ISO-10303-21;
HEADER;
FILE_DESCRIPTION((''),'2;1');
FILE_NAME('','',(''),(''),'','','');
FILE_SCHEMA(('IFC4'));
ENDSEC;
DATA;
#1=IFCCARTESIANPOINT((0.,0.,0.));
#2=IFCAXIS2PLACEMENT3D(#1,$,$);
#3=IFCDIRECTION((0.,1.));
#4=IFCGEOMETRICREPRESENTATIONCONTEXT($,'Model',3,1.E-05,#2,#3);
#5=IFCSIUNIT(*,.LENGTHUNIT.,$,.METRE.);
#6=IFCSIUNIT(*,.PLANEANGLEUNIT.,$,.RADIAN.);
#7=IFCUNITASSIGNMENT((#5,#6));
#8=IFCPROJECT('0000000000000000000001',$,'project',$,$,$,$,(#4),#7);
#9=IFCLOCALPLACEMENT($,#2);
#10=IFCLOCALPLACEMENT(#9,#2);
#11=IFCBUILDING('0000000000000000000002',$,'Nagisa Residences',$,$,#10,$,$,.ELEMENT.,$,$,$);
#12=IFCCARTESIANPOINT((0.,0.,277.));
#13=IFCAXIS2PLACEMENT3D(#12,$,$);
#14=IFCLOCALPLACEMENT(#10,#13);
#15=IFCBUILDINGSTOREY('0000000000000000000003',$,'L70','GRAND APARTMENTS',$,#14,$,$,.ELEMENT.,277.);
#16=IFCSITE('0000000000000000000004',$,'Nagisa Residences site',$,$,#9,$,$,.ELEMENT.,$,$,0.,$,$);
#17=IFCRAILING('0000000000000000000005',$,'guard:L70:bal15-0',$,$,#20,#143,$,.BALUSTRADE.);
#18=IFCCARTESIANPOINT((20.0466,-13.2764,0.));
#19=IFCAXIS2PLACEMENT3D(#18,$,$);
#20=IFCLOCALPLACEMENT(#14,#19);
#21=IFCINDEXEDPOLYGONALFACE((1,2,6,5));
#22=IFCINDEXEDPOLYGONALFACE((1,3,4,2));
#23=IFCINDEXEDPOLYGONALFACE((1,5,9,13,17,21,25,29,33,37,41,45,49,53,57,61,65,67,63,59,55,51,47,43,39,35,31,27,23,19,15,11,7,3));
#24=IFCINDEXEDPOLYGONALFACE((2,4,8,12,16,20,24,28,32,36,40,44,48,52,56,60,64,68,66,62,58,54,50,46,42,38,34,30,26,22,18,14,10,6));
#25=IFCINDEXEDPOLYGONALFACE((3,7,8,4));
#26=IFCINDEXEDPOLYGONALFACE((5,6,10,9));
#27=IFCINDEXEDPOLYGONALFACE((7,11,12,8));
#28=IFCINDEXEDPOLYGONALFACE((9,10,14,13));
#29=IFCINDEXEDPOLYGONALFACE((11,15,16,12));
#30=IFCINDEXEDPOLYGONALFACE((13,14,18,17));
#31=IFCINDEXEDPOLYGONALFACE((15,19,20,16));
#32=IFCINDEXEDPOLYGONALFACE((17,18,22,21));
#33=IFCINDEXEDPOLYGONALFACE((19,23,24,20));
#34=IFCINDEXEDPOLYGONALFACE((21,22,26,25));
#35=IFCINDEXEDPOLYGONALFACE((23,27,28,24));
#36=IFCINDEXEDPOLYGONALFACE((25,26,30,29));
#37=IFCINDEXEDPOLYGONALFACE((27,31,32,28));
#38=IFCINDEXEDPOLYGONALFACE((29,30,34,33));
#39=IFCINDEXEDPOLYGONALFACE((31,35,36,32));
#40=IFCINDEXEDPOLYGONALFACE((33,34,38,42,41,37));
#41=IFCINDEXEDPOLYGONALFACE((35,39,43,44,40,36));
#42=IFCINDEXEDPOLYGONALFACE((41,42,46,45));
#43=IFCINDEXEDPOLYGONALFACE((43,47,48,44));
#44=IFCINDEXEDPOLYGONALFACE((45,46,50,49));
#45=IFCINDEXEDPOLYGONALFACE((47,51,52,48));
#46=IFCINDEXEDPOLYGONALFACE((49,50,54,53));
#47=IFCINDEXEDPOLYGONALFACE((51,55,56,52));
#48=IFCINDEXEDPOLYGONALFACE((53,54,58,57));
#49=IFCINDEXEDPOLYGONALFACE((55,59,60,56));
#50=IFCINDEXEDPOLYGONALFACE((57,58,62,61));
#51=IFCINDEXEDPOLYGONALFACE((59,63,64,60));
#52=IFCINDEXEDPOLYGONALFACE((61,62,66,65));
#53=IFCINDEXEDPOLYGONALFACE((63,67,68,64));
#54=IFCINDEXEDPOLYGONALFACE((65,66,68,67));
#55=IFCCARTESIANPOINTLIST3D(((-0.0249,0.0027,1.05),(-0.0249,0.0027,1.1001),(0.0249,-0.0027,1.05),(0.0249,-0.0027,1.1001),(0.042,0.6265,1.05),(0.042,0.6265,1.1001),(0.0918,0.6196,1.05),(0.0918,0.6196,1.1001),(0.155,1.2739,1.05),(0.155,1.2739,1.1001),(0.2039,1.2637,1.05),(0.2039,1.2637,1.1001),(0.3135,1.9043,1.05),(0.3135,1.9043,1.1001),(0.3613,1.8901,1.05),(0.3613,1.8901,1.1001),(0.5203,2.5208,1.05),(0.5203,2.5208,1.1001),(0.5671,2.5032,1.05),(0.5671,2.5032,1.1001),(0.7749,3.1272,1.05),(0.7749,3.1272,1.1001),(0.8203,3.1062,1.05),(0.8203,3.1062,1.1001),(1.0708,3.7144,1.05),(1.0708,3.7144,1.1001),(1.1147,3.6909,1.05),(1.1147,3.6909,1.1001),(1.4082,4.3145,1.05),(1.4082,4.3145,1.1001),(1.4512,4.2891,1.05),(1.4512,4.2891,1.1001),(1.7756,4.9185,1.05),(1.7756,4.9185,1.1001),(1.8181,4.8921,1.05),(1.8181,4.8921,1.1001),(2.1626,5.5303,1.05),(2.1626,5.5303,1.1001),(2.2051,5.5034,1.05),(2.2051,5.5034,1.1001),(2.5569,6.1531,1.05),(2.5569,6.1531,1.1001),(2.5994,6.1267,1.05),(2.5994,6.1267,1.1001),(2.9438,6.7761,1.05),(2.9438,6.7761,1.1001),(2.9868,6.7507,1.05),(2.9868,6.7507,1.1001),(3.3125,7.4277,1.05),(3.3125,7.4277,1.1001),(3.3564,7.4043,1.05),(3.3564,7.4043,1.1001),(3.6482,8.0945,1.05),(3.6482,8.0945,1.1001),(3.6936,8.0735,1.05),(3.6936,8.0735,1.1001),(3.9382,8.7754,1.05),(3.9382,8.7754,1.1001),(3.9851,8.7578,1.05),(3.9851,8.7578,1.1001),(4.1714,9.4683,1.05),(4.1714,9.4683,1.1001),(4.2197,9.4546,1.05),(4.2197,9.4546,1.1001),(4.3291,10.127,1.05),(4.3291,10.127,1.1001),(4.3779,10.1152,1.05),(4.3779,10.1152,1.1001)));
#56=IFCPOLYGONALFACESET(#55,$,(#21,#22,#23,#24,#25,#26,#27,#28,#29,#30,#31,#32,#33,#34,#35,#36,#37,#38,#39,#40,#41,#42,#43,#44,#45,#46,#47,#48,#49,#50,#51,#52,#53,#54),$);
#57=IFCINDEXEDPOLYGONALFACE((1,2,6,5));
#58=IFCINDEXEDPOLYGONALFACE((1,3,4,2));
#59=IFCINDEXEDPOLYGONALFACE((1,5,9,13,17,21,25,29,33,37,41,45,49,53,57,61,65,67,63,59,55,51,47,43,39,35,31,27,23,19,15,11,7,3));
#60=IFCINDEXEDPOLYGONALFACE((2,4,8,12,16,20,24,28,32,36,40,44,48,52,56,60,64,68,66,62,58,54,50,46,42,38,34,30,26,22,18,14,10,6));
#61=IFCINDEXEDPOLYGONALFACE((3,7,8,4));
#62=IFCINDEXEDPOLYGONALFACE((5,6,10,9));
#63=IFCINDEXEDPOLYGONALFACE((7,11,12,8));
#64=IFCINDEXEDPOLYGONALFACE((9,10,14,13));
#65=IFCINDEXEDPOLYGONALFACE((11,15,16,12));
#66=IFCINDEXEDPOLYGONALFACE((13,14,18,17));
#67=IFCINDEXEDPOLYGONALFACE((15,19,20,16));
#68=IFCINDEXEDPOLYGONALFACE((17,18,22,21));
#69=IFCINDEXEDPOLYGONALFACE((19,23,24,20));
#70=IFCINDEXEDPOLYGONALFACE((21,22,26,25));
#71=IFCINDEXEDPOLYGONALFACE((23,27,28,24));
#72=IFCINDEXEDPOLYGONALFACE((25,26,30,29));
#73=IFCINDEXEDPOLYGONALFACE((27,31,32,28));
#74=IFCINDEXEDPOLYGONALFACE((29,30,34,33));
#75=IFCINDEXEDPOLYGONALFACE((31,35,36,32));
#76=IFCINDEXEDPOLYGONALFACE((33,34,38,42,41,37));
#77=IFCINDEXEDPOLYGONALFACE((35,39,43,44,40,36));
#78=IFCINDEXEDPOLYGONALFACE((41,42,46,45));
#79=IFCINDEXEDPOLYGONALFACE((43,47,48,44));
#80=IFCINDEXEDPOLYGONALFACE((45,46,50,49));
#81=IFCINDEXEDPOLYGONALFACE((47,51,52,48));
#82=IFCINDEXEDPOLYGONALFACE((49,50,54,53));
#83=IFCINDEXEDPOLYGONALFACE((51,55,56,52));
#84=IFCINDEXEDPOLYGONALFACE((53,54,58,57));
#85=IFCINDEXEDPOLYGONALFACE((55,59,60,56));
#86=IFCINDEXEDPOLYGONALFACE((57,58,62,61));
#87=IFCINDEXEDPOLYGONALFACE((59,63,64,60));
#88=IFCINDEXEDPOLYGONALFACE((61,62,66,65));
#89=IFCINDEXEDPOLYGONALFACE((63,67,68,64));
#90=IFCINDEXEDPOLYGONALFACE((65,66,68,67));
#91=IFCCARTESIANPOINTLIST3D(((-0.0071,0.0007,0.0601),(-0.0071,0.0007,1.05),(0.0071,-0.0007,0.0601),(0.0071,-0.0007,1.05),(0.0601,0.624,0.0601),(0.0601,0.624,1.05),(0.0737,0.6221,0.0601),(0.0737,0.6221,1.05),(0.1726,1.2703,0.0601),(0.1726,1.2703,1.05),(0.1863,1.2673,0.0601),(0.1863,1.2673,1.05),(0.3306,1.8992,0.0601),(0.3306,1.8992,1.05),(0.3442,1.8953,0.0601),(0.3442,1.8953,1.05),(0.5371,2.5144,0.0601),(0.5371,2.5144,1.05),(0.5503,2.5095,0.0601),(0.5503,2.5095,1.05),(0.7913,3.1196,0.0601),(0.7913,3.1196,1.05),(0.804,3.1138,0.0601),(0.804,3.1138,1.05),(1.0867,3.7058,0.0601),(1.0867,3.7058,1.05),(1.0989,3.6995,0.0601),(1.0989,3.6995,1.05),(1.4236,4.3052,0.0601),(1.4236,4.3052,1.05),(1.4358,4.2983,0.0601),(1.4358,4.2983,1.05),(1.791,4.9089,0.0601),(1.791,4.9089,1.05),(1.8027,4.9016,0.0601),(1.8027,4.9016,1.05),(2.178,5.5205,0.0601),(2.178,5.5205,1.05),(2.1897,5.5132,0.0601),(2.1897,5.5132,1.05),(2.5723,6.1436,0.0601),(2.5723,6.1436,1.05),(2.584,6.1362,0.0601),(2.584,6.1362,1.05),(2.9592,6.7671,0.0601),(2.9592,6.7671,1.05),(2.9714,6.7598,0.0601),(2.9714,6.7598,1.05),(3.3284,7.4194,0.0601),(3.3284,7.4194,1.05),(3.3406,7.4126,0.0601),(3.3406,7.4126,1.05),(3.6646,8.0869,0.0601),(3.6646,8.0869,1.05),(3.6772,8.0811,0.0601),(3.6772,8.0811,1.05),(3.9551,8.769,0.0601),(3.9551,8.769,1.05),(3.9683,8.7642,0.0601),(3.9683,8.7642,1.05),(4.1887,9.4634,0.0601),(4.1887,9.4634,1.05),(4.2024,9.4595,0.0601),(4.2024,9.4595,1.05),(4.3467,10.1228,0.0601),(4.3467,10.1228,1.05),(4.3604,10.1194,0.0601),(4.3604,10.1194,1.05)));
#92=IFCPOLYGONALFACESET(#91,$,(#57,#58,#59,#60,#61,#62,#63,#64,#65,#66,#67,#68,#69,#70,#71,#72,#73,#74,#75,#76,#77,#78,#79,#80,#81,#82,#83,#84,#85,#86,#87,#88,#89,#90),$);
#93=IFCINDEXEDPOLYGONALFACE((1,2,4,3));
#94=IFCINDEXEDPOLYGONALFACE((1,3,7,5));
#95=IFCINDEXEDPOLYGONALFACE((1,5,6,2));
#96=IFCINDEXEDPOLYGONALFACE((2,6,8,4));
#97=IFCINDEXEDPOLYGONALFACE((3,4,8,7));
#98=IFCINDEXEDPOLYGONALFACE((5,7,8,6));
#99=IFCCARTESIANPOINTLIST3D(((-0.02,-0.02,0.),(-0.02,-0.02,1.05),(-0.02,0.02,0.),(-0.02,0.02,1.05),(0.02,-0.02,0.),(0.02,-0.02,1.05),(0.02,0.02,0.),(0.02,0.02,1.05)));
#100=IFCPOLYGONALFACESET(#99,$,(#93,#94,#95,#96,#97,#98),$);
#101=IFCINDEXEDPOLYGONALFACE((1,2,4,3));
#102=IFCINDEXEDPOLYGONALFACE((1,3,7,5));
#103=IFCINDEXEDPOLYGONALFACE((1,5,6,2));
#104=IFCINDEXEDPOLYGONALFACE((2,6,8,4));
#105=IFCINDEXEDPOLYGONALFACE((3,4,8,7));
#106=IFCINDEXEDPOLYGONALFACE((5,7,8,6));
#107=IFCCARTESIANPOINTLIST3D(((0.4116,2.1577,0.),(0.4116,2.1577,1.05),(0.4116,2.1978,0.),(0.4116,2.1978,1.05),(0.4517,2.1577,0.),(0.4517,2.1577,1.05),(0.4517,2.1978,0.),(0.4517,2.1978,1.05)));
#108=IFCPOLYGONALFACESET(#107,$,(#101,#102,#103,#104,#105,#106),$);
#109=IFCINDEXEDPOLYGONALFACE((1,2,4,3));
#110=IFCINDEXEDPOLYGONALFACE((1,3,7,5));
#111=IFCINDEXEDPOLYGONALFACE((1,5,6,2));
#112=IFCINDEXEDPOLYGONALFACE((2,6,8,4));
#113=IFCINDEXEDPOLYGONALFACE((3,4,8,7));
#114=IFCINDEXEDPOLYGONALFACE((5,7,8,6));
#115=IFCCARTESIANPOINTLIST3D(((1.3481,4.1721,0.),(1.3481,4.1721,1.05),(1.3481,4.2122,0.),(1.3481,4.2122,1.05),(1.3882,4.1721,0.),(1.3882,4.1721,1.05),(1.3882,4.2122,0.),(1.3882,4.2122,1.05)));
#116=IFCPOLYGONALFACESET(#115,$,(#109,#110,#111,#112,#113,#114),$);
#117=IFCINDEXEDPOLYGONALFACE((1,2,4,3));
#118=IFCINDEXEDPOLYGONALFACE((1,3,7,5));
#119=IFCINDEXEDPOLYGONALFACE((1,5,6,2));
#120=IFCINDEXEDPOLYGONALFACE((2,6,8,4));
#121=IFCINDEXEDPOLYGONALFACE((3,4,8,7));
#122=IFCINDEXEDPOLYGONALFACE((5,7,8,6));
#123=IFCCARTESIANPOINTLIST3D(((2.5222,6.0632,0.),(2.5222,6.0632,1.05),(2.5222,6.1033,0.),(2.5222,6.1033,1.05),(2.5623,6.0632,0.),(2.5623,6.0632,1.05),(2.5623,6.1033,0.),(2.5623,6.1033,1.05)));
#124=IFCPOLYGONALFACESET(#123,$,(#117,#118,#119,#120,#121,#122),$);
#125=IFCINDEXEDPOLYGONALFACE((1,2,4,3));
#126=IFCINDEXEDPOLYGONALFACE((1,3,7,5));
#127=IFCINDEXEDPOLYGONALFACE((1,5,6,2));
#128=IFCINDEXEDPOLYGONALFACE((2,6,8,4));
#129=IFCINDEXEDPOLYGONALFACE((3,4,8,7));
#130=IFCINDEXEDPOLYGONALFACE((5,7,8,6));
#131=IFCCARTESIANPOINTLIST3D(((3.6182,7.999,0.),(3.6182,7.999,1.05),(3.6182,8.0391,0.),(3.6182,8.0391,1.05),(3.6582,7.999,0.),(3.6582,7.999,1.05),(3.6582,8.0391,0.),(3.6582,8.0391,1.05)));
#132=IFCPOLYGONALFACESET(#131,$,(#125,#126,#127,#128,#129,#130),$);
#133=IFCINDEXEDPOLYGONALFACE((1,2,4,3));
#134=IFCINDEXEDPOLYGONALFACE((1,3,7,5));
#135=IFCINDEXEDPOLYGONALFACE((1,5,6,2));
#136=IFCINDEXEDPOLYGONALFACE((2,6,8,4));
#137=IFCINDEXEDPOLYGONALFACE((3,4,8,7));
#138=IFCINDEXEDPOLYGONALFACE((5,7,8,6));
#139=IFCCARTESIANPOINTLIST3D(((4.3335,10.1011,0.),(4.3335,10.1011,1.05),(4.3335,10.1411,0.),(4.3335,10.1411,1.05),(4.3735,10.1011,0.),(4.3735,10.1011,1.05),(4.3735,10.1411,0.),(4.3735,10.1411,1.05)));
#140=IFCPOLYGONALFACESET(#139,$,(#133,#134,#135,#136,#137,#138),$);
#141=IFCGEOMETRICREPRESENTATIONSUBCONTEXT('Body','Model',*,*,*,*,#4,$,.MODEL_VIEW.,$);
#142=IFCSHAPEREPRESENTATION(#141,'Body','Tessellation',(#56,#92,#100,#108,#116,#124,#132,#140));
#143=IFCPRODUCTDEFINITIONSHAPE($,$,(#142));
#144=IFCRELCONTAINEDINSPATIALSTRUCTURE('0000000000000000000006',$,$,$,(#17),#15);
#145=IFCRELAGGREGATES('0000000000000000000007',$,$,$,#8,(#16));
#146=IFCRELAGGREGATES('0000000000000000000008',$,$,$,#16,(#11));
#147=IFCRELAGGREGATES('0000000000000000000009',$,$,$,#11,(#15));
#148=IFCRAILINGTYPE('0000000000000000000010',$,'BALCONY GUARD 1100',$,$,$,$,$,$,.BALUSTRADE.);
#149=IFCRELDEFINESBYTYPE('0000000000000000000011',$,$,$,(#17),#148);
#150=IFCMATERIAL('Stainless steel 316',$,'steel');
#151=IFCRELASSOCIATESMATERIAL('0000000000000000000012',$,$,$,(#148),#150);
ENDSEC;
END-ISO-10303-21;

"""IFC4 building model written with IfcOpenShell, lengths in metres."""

from ifc_helpers import new_model, si_unit, direction, frame, origin, origin_2d, place, context, subcontext, project, spatial, polyline, rectangle, outline, extrude, material, type_object, element, save


model = new_model("IFC4")

# Units and contexts
model_context = context("Model", 3, precision=1e-05, world=origin(), true_north=direction((0.0, 1.0)))
body_context = subcontext(model_context, "Body", "Model", "MODEL_VIEW")
ifc_project = project(units=[si_unit("LENGTHUNIT", "METRE"), si_unit("PLANEANGLEUNIT", "RADIAN")], contexts=[model_context])

# Site, building, storey
site_placement = place(None, origin())
site = spatial("IfcSite", under=ifc_project, at=site_placement, Name="Nagisa Residences site", CompositionType="ELEMENT", RefElevation=0.0)
building_placement = place(site_placement, origin())
building = spatial("IfcBuilding", under=site, at=building_placement, Name="Nagisa Residences", CompositionType="ELEMENT")
storey_placement = place(building_placement, frame((0.0, 0.0, 277.0)))
storey = spatial("IfcBuildingStorey", under=building, at=storey_placement, Name="L70", Description="GRAND APARTMENTS", CompositionType="ELEMENT", Elevation=277.0)

# Railing
ifc_material_1 = material(Name="Stainless steel 316", Category="steel")
railing_type = type_object("IfcRailingType", Name="BALCONY GUARD 1100", PredefinedType="BALUSTRADE", material=ifc_material_1)
railing_1_placement = place(storey_placement, frame((20.0466, -13.2764, 0.0)))
element("IfcRailing", 1, at=railing_1_placement, inside=storey, type_object=railing_type, Name="guard:L70:bal15-0", PredefinedType="BALUSTRADE", context=body_context, shape_type="SweptSolid", body=[
    extrude(outline(polyline([(0.042, 0.6265), (-0.0249, 0.0027), (0.0249, -0.0027), (0.0918, 0.6196), (0.2039, 1.2637), (0.3613, 1.8901), (0.5671, 2.5032), (0.8203, 3.1062), (1.1147, 3.6909), (1.4512, 4.2891), (1.8181, 4.8921), (2.2051, 5.5034), (2.5994, 6.1267), (2.9868, 6.7507), (3.3564, 7.4043), (3.6936, 8.0735), (3.9851, 8.7578), (4.2197, 9.4546), (4.3779, 10.1152), (4.3291, 10.127), (4.1714, 9.4683), (3.9382, 8.7754), (3.6482, 8.0945), (3.3125, 7.4277), (2.9438, 6.7761), (2.5569, 6.1531), (2.1626, 5.5303), (1.7756, 4.9185), (1.4082, 4.3145), (1.0708, 3.7144), (0.7749, 3.1272), (0.5203, 2.5208), (0.3135, 1.9043), (0.155, 1.2739), (0.042, 0.6265)])), frame((0.0, 0.0, 1.05)), (0.0, 0.0, 1.0), 0.05),
    extrude(outline(polyline([(0.0601, 0.624), (-0.0071, 0.0007), (0.0071, -0.0007), (0.0737, 0.6221), (0.1863, 1.2673), (0.3442, 1.8953), (0.5503, 2.5095), (0.804, 3.1138), (1.0989, 3.6995), (1.4358, 4.2983), (1.8027, 4.9016), (2.1897, 5.5132), (2.584, 6.1362), (2.9714, 6.7598), (3.3406, 7.4126), (3.6772, 8.0811), (3.9683, 8.7642), (4.2024, 9.4595), (4.3604, 10.1194), (4.3467, 10.1228), (4.1887, 9.4634), (3.9551, 8.769), (3.6646, 8.0869), (3.3284, 7.4194), (2.9592, 6.7671), (2.5723, 6.1436), (2.178, 5.5205), (1.791, 4.9089), (1.4236, 4.3052), (1.0867, 3.7058), (0.7913, 3.1196), (0.5371, 2.5144), (0.3306, 1.8992), (0.1726, 1.2703), (0.0601, 0.624)])), frame((0.0, 0.0, 0.0601)), (0.0, 0.0, 1.0), 0.99),
    extrude(rectangle(XDim=0.04, YDim=0.04, at=origin_2d()), origin(), (0.0, 0.0, 1.0), 1.05),
    extrude(rectangle(XDim=0.04, YDim=0.04, at=origin_2d()), frame((0.4316, 2.1777, 0.0)), (0.0, 0.0, 1.0), 1.05),
    extrude(rectangle(XDim=0.04, YDim=0.04, at=origin_2d()), frame((1.3682, 4.1921, 0.0)), (0.0, 0.0, 1.0), 1.05),
    extrude(rectangle(XDim=0.04, YDim=0.04, at=origin_2d()), frame((2.5422, 6.0833, 0.0)), (0.0, 0.0, 1.0), 1.05),
    extrude(rectangle(XDim=0.04, YDim=0.04, at=origin_2d()), frame((3.6382, 8.019, 0.0)), (0.0, 0.0, 1.0), 1.05),
    extrude(rectangle(XDim=0.04, YDim=0.04, at=origin_2d()), frame((4.3535, 10.1211, 0.0)), (0.0, 0.0, 1.0), 1.05),
])

save(model, "model.ifc")
